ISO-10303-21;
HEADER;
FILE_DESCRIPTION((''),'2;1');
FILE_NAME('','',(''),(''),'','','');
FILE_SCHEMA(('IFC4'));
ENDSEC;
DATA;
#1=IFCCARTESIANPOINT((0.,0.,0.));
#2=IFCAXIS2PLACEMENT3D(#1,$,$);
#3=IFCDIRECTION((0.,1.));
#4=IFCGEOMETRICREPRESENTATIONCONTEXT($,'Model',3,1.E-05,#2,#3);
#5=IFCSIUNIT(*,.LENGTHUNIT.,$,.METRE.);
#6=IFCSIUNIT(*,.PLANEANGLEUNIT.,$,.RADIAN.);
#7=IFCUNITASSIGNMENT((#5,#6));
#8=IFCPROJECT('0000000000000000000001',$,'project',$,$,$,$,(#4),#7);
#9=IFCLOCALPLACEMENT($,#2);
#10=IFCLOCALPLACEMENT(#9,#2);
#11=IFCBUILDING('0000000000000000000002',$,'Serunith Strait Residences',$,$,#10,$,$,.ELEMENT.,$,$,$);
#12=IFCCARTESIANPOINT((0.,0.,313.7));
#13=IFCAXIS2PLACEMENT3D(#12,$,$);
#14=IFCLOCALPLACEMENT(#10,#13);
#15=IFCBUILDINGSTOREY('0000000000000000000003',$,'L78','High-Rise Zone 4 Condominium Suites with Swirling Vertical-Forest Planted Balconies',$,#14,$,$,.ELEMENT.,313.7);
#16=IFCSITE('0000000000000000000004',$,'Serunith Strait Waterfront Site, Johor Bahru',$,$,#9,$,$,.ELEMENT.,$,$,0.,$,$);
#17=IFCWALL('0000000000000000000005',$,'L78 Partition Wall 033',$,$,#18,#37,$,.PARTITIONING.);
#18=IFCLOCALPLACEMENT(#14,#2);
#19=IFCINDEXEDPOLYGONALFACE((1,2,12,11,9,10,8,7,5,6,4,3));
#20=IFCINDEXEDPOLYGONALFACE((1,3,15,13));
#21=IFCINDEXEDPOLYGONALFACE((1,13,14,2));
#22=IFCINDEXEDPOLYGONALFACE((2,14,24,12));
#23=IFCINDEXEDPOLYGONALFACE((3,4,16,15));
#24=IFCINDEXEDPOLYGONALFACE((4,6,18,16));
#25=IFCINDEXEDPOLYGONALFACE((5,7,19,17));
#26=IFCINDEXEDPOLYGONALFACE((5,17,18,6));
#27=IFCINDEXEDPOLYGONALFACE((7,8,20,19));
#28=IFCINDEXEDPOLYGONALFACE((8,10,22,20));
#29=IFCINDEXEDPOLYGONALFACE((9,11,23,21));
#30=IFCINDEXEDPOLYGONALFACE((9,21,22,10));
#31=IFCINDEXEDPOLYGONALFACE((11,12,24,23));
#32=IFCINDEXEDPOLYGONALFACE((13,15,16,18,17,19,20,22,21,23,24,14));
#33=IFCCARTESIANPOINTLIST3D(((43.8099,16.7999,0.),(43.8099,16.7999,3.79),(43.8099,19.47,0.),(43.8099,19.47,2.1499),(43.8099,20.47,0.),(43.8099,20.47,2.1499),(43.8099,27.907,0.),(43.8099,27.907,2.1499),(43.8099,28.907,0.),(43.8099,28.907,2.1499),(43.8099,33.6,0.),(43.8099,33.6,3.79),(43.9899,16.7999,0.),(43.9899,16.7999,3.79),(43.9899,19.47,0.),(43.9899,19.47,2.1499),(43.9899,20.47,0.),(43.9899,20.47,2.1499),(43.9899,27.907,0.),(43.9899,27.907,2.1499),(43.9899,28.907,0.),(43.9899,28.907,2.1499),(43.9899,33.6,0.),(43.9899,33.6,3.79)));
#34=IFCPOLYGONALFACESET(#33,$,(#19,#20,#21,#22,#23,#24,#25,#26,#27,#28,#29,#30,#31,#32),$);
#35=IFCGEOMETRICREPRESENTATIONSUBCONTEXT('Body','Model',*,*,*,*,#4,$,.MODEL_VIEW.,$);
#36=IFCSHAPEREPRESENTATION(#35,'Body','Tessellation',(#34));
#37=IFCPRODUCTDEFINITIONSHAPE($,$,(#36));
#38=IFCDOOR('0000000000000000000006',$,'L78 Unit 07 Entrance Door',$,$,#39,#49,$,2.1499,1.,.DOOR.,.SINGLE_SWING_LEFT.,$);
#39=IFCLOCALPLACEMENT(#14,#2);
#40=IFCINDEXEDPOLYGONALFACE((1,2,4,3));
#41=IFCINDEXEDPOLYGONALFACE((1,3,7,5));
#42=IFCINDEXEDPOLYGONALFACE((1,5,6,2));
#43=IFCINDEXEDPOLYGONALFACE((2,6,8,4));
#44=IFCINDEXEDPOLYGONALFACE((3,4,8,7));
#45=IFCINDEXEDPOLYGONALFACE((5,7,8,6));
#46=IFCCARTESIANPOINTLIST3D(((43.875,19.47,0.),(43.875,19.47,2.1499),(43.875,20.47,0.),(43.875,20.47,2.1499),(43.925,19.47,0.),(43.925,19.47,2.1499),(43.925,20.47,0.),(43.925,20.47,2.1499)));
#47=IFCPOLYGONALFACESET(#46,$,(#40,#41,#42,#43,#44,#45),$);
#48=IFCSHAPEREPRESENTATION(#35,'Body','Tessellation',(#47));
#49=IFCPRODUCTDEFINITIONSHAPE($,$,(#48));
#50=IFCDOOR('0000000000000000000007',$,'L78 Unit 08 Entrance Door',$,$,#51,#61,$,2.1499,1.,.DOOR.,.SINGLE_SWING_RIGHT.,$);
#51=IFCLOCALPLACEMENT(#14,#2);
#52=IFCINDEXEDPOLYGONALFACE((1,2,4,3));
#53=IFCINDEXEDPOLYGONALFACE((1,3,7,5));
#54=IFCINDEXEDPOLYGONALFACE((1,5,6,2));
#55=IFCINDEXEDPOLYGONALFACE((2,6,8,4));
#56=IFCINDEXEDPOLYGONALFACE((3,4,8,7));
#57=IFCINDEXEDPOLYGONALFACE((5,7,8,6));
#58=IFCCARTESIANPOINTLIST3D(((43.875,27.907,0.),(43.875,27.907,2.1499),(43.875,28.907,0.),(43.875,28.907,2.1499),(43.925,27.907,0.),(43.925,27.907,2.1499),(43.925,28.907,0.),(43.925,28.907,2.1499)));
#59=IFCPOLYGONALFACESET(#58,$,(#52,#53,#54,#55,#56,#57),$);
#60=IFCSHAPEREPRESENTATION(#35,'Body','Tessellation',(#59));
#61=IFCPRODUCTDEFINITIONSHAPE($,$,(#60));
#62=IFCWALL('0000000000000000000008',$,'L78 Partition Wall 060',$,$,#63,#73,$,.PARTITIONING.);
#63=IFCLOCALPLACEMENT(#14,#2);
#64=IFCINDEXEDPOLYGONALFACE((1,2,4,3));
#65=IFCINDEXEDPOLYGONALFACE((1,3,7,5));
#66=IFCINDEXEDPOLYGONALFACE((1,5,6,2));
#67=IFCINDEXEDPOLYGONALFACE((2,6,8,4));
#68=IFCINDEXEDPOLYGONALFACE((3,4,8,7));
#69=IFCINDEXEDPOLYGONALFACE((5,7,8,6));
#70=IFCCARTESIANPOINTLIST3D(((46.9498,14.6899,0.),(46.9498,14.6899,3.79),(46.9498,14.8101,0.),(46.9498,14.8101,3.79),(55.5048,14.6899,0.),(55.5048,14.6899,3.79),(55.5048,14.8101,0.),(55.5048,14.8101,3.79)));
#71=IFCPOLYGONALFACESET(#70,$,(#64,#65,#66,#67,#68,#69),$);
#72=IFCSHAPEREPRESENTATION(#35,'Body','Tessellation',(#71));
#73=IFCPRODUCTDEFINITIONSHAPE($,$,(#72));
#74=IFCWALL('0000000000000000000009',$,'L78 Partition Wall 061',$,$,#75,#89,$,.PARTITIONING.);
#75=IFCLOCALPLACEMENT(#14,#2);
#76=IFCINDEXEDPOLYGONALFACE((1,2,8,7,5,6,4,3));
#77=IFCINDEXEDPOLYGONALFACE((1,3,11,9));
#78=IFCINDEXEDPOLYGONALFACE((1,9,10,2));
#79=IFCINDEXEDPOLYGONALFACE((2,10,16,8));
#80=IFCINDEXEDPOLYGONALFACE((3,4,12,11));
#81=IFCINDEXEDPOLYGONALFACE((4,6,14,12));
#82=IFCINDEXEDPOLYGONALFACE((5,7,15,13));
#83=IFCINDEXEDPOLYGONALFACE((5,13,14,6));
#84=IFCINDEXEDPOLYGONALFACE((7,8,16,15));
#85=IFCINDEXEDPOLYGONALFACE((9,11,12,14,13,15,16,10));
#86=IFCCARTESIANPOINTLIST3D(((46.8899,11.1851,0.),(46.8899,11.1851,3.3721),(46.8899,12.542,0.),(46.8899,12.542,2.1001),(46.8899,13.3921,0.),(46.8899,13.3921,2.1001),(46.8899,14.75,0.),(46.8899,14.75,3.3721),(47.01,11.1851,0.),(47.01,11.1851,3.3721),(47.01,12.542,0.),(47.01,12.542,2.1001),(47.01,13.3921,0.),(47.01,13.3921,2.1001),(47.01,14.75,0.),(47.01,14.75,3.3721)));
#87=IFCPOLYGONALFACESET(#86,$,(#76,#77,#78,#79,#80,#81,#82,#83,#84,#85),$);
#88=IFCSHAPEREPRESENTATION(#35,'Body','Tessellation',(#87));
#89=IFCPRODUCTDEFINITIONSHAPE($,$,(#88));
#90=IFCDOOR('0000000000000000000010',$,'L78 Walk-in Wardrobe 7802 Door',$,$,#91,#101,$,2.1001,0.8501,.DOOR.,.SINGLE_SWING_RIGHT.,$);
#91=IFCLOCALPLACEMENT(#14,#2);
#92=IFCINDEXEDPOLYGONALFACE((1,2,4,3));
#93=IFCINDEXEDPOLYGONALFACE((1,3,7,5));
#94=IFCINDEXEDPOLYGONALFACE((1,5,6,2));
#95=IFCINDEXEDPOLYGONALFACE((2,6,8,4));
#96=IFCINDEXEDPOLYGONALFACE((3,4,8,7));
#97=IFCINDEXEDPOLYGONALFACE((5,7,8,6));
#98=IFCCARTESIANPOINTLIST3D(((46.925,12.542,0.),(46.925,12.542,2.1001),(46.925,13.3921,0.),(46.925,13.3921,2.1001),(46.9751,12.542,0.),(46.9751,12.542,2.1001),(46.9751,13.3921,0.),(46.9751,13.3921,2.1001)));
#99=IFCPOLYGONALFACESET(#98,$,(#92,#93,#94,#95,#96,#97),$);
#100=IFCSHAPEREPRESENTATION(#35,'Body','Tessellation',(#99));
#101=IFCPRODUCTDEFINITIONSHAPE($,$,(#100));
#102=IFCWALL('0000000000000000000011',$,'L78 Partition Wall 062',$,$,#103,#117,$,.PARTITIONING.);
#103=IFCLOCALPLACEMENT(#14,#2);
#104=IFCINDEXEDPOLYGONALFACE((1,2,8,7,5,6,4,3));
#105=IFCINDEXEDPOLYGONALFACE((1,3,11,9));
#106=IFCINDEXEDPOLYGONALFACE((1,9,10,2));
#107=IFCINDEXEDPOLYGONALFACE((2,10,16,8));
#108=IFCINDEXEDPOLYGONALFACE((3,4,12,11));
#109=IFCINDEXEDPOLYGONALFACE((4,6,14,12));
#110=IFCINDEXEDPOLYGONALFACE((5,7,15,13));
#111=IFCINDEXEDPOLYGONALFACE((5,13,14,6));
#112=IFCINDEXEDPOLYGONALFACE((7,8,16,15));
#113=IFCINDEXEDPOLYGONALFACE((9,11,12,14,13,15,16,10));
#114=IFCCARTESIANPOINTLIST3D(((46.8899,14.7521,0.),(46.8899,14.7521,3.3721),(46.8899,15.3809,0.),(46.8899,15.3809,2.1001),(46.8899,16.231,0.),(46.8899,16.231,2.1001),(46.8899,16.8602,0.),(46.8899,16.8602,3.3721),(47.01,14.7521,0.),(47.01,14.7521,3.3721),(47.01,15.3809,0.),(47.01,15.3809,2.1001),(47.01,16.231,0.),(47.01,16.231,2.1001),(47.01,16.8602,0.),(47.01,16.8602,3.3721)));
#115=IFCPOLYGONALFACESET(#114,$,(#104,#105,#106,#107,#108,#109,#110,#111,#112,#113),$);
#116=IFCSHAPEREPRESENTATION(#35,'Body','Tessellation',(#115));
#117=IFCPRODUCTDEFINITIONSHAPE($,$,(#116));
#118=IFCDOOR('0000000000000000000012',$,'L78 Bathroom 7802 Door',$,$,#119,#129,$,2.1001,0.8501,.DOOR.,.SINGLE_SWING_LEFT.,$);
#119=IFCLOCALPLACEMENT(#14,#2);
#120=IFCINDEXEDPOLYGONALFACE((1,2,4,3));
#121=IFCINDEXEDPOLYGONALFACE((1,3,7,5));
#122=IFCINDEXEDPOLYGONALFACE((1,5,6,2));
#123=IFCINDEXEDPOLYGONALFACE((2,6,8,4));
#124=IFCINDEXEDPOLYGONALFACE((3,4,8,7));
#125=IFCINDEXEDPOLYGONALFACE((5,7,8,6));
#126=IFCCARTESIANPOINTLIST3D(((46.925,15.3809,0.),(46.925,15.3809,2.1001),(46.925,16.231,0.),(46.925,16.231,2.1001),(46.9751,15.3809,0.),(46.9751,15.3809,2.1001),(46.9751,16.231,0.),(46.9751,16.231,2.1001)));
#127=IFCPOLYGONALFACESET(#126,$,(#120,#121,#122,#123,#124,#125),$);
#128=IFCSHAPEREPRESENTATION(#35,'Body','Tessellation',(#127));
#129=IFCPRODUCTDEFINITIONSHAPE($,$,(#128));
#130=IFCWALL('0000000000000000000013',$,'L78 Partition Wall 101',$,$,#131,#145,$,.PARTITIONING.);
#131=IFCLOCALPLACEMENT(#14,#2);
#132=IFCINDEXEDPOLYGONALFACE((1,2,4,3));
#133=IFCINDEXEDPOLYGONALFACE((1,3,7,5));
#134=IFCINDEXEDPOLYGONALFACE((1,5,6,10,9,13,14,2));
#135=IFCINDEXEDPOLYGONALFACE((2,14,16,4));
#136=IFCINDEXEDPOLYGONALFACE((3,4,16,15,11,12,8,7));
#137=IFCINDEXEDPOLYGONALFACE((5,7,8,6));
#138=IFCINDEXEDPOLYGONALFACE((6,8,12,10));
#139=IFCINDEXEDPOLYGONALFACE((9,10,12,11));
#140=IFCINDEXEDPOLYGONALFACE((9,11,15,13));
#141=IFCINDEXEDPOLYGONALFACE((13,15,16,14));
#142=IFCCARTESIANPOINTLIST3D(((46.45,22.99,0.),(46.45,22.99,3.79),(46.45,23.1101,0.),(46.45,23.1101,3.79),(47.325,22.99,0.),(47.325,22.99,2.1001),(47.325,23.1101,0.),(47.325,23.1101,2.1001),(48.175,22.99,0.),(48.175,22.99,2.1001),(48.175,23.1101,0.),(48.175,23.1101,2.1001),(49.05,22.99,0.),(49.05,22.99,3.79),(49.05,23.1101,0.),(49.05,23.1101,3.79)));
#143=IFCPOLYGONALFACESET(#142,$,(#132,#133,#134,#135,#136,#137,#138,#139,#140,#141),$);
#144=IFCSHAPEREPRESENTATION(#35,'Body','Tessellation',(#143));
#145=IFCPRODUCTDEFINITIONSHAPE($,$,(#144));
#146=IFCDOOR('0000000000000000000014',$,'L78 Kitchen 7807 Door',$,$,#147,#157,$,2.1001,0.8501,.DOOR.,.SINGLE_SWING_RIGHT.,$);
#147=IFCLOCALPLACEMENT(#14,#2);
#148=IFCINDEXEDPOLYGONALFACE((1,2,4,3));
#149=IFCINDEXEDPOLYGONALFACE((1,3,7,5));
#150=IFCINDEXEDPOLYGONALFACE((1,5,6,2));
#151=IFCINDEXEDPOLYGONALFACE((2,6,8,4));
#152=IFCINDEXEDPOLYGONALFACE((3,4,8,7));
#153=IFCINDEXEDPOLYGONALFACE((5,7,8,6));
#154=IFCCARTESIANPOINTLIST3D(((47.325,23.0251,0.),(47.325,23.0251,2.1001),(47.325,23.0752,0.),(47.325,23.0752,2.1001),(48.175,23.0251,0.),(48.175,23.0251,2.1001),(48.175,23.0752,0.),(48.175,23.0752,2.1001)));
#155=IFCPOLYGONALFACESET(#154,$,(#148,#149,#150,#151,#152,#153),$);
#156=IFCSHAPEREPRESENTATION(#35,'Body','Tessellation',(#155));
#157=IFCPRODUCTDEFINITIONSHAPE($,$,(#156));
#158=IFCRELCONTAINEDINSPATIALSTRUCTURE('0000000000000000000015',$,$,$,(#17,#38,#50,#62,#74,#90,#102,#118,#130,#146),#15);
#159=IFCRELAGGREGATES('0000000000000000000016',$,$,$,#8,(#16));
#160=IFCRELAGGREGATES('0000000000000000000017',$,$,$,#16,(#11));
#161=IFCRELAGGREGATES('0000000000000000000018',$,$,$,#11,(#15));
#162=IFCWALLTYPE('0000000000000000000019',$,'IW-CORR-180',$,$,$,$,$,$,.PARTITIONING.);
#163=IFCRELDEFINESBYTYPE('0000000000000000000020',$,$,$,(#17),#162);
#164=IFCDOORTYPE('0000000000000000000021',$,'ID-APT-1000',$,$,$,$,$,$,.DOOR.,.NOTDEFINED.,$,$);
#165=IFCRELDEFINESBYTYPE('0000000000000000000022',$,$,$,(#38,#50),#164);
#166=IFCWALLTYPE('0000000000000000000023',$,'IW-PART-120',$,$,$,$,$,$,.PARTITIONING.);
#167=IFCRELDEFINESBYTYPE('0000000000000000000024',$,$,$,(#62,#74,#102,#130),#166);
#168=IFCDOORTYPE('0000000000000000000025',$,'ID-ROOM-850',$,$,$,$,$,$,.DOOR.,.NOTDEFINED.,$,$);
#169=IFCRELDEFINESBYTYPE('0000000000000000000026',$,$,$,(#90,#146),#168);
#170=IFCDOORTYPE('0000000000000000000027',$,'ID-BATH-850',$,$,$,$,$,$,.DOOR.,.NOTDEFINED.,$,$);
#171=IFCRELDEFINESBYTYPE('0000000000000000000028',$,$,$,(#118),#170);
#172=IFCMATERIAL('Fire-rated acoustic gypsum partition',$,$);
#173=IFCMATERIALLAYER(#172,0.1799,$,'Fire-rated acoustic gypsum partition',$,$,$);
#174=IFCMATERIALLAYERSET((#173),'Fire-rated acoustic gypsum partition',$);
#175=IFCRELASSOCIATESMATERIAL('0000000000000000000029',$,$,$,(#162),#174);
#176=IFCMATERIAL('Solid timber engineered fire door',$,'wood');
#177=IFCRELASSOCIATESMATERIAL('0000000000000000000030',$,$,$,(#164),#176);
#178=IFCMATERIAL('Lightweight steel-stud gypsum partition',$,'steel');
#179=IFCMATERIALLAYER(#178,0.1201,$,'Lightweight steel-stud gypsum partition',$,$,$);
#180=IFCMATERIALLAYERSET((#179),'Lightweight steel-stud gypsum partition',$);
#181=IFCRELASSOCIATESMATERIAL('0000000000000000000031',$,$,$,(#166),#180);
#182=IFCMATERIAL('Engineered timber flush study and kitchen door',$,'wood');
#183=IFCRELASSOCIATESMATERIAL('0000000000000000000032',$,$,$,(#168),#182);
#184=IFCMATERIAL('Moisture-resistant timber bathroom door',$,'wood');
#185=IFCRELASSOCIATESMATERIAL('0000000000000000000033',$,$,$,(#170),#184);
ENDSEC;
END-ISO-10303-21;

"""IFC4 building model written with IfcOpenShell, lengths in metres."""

from ifc_helpers import new_model, si_unit, direction, frame, frame_2d, origin, place, context, subcontext, project, spatial, rectangle, extrude, source, transform, mapped, material, layer, layer_set, type_object, element, fill, save


model = new_model("IFC4")

# Units and contexts
model_context = context("Model", 3, precision=1e-05, world=origin(), true_north=direction((0.0, 1.0)))
body_context = subcontext(model_context, "Body", "Model", "MODEL_VIEW")
ifc_project = project(units=[si_unit("LENGTHUNIT", "METRE"), si_unit("PLANEANGLEUNIT", "RADIAN")], contexts=[model_context])

# Site, building, storey
site_placement = place(None, origin())
site = spatial("IfcSite", under=ifc_project, at=site_placement, Name="Serunith Strait Waterfront Site, Johor Bahru", CompositionType="ELEMENT", RefElevation=0.0)
building_placement = place(site_placement, origin())
building = spatial("IfcBuilding", under=site, at=building_placement, Name="Serunith Strait Residences", CompositionType="ELEMENT")
storey_placement = place(building_placement, frame((0.0, 0.0, 313.7)))
storey = spatial("IfcBuildingStorey", under=building, at=storey_placement, Name="L78", Description="High-Rise Zone 4 Condominium Suites with Swirling Vertical-Forest Planted Balconies", CompositionType="ELEMENT", Elevation=313.7)

# Wall, openings, doors
ifc_material_1 = material(Name="Fire-rated acoustic gypsum partition")
ifc_layer_1 = layer(ifc_material_1, 0.1799, Name="Fire-rated acoustic gypsum partition")
ifc_layer_set_1 = layer_set([ifc_layer_1], Name="Fire-rated acoustic gypsum partition")
wall_type_1 = type_object("IfcWallType", Name="IW-CORR-180", PredefinedType="PARTITIONING", material=ifc_layer_set_1)
wall_1_placement = place(storey_placement, frame((43.8999, 16.8, 0.0), z_axis=(0.0, 0.0, 1.0), x_axis=(0.0, 1.0, 0.0)))
wall_1 = element("IfcWall", 1, at=wall_1_placement, inside=storey, type_object=wall_type_1, Name="L78 Partition Wall 033", PredefinedType="PARTITIONING", context=body_context, shape_type="SweptSolid", body=[
    extrude(rectangle(XDim=16.8, YDim=0.1799, at=frame_2d((8.3999, 0.0))), origin(), (0.0, 0.0, 1.0), 3.79),
])
opening_1_placement = place(wall_1_placement, frame((2.6699, 0.0, 0.0)))
opening_1 = element("IfcOpeningElement", 2, at=opening_1_placement, cuts=wall_1, PredefinedType="OPENING", context=body_context, shape_type="SweptSolid", body=[
    extrude(rectangle(XDim=1.0, YDim=2.1499, at=frame_2d((0.5, 1.075))), frame((0.0, 0.1001, 0.0), z_axis=(0.0, -1.0, 0.0), x_axis=(1.0, 0.0, 0.0)), (0.0, 0.0, 1.0), 0.2),
])
opening_2_placement = place(wall_1_placement, frame((11.1069, 0.0, 0.0)))
opening_2 = element("IfcOpeningElement", 3, at=opening_2_placement, cuts=wall_1, PredefinedType="OPENING", context=body_context, shape_type="SweptSolid", body=[
    extrude(rectangle(XDim=1.0, YDim=2.1499, at=frame_2d((0.5, 1.075))), frame((0.0, 0.1001, 0.0), z_axis=(0.0, -1.0, 0.0), x_axis=(1.0, 0.0, 0.0)), (0.0, 0.0, 1.0), 0.2),
])
ifc_material_2 = material(Name="Solid timber engineered fire door", Category="wood")
door_type_1 = type_object("IfcDoorType", Name="ID-APT-1000", OperationType="NOTDEFINED", PredefinedType="DOOR", material=ifc_material_2)
shared_shape_1 = source(origin(), body_context, "Body", "SweptSolid", [
    extrude(rectangle(XDim=1.0, YDim=2.1499, at=frame_2d((0.5, 1.075))), frame((0.0, 0.0249, 0.0), z_axis=(0.0, -1.0, 0.0), x_axis=(1.0, 0.0, 0.0)), (0.0, 0.0, 1.0), 0.05),
])
door_1_placement = place(opening_1_placement, origin())
door_1 = element("IfcDoor", 4, at=door_1_placement, inside=storey, type_object=door_type_1, Name="L78 Unit 07 Entrance Door", OperationType="SINGLE_SWING_LEFT", OverallHeight=2.1499, OverallWidth=1.0, PredefinedType="DOOR", context=body_context, shape_type="MappedRepresentation", body=[
    mapped(shared_shape_1, transform((0.0, 0.0, 0.0), scale=1.0)),
])
fill(opening_1, door_1)
door_2_placement = place(opening_2_placement, origin())
door_2 = element("IfcDoor", 5, at=door_2_placement, inside=storey, type_object=door_type_1, Name="L78 Unit 08 Entrance Door", OperationType="SINGLE_SWING_RIGHT", OverallHeight=2.1499, OverallWidth=1.0, PredefinedType="DOOR", context=body_context, shape_type="MappedRepresentation", body=[
    mapped(shared_shape_1, transform((0.0, 0.0, 0.0), scale=1.0)),
])
fill(opening_2, door_2)

# Wall
ifc_material_3 = material(Name="Lightweight steel-stud gypsum partition", Category="steel")
ifc_layer_2 = layer(ifc_material_3, 0.1201, Name="Lightweight steel-stud gypsum partition")
ifc_layer_set_2 = layer_set([ifc_layer_2], Name="Lightweight steel-stud gypsum partition")
wall_type_2 = type_object("IfcWallType", Name="IW-PART-120", PredefinedType="PARTITIONING", material=ifc_layer_set_2)
wall_2_placement = place(storey_placement, frame((46.95, 14.75, 0.0), z_axis=(0.0, 0.0, 1.0), x_axis=(1.0, 0.0, 0.0)))
element("IfcWall", 6, at=wall_2_placement, inside=storey, type_object=wall_type_2, Name="L78 Partition Wall 060", PredefinedType="PARTITIONING", context=body_context, shape_type="SweptSolid", body=[
    extrude(rectangle(XDim=8.5549, YDim=0.1201, at=frame_2d((4.2773, 0.0))), origin(), (0.0, 0.0, 1.0), 3.79),
])

# Walls, openings, doors
wall_3_placement = place(storey_placement, frame((46.95, 11.1851, 0.0), z_axis=(0.0, 0.0, 1.0), x_axis=(0.0, 1.0, 0.0)))
wall_3 = element("IfcWall", 7, at=wall_3_placement, inside=storey, type_object=wall_type_2, Name="L78 Partition Wall 061", PredefinedType="PARTITIONING", context=body_context, shape_type="SweptSolid", body=[
    extrude(rectangle(XDim=3.5649, YDim=0.1201, at=frame_2d((1.7825, 0.0))), origin(), (0.0, 0.0, 1.0), 3.3721),
])
opening_3_placement = place(wall_3_placement, frame((1.3569, 0.0, 0.0)))
opening_3 = element("IfcOpeningElement", 8, at=opening_3_placement, cuts=wall_3, PredefinedType="OPENING", context=body_context, shape_type="SweptSolid", body=[
    extrude(rectangle(XDim=0.8501, YDim=2.1001, at=frame_2d((0.425, 1.05))), frame((0.0, 0.0701, 0.0), z_axis=(0.0, -1.0, 0.0), x_axis=(1.0, 0.0, 0.0)), (0.0, 0.0, 1.0), 0.1401),
])
ifc_material_4 = material(Name="Engineered timber flush study and kitchen door", Category="wood")
door_type_2 = type_object("IfcDoorType", Name="ID-ROOM-850", OperationType="NOTDEFINED", PredefinedType="DOOR", material=ifc_material_4)
shared_shape_2 = source(origin(), body_context, "Body", "SweptSolid", [
    extrude(rectangle(XDim=0.8501, YDim=2.1001, at=frame_2d((0.425, 1.05))), frame((0.0, 0.0249, 0.0), z_axis=(0.0, -1.0, 0.0), x_axis=(1.0, 0.0, 0.0)), (0.0, 0.0, 1.0), 0.05),
])
door_3_placement = place(opening_3_placement, origin())
door_3 = element("IfcDoor", 9, at=door_3_placement, inside=storey, type_object=door_type_2, Name="L78 Walk-in Wardrobe 7802 Door", OperationType="SINGLE_SWING_RIGHT", OverallHeight=2.1001, OverallWidth=0.8501, PredefinedType="DOOR", context=body_context, shape_type="MappedRepresentation", body=[
    mapped(shared_shape_2, transform((0.0, 0.0, 0.0), scale=1.0)),
])
fill(opening_3, door_3)
wall_4_placement = place(storey_placement, frame((46.95, 14.752, 0.0), z_axis=(0.0, 0.0, 1.0), x_axis=(0.0, 1.0, 0.0)))
wall_4 = element("IfcWall", 10, at=wall_4_placement, inside=storey, type_object=wall_type_2, Name="L78 Partition Wall 062", PredefinedType="PARTITIONING", context=body_context, shape_type="SweptSolid", body=[
    extrude(rectangle(XDim=2.1082, YDim=0.1201, at=frame_2d((1.0542, 0.0))), origin(), (0.0, 0.0, 1.0), 3.3721),
])
opening_4_placement = place(wall_4_placement, frame((0.6289, 0.0, 0.0)))
opening_4 = element("IfcOpeningElement", 11, at=opening_4_placement, cuts=wall_4, PredefinedType="OPENING", context=body_context, shape_type="SweptSolid", body=[
    extrude(rectangle(XDim=0.8501, YDim=2.1001, at=frame_2d((0.425, 1.05))), frame((0.0, 0.0701, 0.0), z_axis=(0.0, -1.0, 0.0), x_axis=(1.0, 0.0, 0.0)), (0.0, 0.0, 1.0), 0.1401),
])
ifc_material_5 = material(Name="Moisture-resistant timber bathroom door", Category="wood")
door_type_3 = type_object("IfcDoorType", Name="ID-BATH-850", OperationType="NOTDEFINED", PredefinedType="DOOR", material=ifc_material_5)
door_4_placement = place(opening_4_placement, origin())
door_4 = element("IfcDoor", 12, at=door_4_placement, inside=storey, type_object=door_type_3, Name="L78 Bathroom 7802 Door", OperationType="SINGLE_SWING_LEFT", OverallHeight=2.1001, OverallWidth=0.8501, PredefinedType="DOOR", context=body_context, shape_type="MappedRepresentation", body=[
    mapped(shared_shape_2, transform((0.0, 0.0, 0.0), scale=1.0)),
])
fill(opening_4, door_4)
wall_5_placement = place(storey_placement, frame((49.05, 23.05, 0.0), z_axis=(0.0, 0.0, 1.0), x_axis=(-1.0, 0.0, 0.0)))
wall_5 = element("IfcWall", 13, at=wall_5_placement, inside=storey, type_object=wall_type_2, Name="L78 Partition Wall 101", PredefinedType="PARTITIONING", context=body_context, shape_type="SweptSolid", body=[
    extrude(rectangle(XDim=2.6001, YDim=0.1201, at=frame_2d((1.3, 0.0))), origin(), (0.0, 0.0, 1.0), 3.79),
])
opening_5_placement = place(wall_5_placement, frame((0.875, 0.0, 0.0)))
opening_5 = element("IfcOpeningElement", 14, at=opening_5_placement, cuts=wall_5, PredefinedType="OPENING", context=body_context, shape_type="SweptSolid", body=[
    extrude(rectangle(XDim=0.8501, YDim=2.1001, at=frame_2d((0.425, 1.05))), frame((0.0, 0.0701, 0.0), z_axis=(0.0, -1.0, 0.0), x_axis=(1.0, 0.0, 0.0)), (0.0, 0.0, 1.0), 0.1401),
])
door_5_placement = place(opening_5_placement, origin())
door_5 = element("IfcDoor", 15, at=door_5_placement, inside=storey, type_object=door_type_2, Name="L78 Kitchen 7807 Door", OperationType="SINGLE_SWING_RIGHT", OverallHeight=2.1001, OverallWidth=0.8501, PredefinedType="DOOR", context=body_context, shape_type="MappedRepresentation", body=[
    mapped(shared_shape_2, transform((0.0, 0.0, 0.0), scale=1.0)),
])
fill(opening_5, door_5)

save(model, "model.ifc")
